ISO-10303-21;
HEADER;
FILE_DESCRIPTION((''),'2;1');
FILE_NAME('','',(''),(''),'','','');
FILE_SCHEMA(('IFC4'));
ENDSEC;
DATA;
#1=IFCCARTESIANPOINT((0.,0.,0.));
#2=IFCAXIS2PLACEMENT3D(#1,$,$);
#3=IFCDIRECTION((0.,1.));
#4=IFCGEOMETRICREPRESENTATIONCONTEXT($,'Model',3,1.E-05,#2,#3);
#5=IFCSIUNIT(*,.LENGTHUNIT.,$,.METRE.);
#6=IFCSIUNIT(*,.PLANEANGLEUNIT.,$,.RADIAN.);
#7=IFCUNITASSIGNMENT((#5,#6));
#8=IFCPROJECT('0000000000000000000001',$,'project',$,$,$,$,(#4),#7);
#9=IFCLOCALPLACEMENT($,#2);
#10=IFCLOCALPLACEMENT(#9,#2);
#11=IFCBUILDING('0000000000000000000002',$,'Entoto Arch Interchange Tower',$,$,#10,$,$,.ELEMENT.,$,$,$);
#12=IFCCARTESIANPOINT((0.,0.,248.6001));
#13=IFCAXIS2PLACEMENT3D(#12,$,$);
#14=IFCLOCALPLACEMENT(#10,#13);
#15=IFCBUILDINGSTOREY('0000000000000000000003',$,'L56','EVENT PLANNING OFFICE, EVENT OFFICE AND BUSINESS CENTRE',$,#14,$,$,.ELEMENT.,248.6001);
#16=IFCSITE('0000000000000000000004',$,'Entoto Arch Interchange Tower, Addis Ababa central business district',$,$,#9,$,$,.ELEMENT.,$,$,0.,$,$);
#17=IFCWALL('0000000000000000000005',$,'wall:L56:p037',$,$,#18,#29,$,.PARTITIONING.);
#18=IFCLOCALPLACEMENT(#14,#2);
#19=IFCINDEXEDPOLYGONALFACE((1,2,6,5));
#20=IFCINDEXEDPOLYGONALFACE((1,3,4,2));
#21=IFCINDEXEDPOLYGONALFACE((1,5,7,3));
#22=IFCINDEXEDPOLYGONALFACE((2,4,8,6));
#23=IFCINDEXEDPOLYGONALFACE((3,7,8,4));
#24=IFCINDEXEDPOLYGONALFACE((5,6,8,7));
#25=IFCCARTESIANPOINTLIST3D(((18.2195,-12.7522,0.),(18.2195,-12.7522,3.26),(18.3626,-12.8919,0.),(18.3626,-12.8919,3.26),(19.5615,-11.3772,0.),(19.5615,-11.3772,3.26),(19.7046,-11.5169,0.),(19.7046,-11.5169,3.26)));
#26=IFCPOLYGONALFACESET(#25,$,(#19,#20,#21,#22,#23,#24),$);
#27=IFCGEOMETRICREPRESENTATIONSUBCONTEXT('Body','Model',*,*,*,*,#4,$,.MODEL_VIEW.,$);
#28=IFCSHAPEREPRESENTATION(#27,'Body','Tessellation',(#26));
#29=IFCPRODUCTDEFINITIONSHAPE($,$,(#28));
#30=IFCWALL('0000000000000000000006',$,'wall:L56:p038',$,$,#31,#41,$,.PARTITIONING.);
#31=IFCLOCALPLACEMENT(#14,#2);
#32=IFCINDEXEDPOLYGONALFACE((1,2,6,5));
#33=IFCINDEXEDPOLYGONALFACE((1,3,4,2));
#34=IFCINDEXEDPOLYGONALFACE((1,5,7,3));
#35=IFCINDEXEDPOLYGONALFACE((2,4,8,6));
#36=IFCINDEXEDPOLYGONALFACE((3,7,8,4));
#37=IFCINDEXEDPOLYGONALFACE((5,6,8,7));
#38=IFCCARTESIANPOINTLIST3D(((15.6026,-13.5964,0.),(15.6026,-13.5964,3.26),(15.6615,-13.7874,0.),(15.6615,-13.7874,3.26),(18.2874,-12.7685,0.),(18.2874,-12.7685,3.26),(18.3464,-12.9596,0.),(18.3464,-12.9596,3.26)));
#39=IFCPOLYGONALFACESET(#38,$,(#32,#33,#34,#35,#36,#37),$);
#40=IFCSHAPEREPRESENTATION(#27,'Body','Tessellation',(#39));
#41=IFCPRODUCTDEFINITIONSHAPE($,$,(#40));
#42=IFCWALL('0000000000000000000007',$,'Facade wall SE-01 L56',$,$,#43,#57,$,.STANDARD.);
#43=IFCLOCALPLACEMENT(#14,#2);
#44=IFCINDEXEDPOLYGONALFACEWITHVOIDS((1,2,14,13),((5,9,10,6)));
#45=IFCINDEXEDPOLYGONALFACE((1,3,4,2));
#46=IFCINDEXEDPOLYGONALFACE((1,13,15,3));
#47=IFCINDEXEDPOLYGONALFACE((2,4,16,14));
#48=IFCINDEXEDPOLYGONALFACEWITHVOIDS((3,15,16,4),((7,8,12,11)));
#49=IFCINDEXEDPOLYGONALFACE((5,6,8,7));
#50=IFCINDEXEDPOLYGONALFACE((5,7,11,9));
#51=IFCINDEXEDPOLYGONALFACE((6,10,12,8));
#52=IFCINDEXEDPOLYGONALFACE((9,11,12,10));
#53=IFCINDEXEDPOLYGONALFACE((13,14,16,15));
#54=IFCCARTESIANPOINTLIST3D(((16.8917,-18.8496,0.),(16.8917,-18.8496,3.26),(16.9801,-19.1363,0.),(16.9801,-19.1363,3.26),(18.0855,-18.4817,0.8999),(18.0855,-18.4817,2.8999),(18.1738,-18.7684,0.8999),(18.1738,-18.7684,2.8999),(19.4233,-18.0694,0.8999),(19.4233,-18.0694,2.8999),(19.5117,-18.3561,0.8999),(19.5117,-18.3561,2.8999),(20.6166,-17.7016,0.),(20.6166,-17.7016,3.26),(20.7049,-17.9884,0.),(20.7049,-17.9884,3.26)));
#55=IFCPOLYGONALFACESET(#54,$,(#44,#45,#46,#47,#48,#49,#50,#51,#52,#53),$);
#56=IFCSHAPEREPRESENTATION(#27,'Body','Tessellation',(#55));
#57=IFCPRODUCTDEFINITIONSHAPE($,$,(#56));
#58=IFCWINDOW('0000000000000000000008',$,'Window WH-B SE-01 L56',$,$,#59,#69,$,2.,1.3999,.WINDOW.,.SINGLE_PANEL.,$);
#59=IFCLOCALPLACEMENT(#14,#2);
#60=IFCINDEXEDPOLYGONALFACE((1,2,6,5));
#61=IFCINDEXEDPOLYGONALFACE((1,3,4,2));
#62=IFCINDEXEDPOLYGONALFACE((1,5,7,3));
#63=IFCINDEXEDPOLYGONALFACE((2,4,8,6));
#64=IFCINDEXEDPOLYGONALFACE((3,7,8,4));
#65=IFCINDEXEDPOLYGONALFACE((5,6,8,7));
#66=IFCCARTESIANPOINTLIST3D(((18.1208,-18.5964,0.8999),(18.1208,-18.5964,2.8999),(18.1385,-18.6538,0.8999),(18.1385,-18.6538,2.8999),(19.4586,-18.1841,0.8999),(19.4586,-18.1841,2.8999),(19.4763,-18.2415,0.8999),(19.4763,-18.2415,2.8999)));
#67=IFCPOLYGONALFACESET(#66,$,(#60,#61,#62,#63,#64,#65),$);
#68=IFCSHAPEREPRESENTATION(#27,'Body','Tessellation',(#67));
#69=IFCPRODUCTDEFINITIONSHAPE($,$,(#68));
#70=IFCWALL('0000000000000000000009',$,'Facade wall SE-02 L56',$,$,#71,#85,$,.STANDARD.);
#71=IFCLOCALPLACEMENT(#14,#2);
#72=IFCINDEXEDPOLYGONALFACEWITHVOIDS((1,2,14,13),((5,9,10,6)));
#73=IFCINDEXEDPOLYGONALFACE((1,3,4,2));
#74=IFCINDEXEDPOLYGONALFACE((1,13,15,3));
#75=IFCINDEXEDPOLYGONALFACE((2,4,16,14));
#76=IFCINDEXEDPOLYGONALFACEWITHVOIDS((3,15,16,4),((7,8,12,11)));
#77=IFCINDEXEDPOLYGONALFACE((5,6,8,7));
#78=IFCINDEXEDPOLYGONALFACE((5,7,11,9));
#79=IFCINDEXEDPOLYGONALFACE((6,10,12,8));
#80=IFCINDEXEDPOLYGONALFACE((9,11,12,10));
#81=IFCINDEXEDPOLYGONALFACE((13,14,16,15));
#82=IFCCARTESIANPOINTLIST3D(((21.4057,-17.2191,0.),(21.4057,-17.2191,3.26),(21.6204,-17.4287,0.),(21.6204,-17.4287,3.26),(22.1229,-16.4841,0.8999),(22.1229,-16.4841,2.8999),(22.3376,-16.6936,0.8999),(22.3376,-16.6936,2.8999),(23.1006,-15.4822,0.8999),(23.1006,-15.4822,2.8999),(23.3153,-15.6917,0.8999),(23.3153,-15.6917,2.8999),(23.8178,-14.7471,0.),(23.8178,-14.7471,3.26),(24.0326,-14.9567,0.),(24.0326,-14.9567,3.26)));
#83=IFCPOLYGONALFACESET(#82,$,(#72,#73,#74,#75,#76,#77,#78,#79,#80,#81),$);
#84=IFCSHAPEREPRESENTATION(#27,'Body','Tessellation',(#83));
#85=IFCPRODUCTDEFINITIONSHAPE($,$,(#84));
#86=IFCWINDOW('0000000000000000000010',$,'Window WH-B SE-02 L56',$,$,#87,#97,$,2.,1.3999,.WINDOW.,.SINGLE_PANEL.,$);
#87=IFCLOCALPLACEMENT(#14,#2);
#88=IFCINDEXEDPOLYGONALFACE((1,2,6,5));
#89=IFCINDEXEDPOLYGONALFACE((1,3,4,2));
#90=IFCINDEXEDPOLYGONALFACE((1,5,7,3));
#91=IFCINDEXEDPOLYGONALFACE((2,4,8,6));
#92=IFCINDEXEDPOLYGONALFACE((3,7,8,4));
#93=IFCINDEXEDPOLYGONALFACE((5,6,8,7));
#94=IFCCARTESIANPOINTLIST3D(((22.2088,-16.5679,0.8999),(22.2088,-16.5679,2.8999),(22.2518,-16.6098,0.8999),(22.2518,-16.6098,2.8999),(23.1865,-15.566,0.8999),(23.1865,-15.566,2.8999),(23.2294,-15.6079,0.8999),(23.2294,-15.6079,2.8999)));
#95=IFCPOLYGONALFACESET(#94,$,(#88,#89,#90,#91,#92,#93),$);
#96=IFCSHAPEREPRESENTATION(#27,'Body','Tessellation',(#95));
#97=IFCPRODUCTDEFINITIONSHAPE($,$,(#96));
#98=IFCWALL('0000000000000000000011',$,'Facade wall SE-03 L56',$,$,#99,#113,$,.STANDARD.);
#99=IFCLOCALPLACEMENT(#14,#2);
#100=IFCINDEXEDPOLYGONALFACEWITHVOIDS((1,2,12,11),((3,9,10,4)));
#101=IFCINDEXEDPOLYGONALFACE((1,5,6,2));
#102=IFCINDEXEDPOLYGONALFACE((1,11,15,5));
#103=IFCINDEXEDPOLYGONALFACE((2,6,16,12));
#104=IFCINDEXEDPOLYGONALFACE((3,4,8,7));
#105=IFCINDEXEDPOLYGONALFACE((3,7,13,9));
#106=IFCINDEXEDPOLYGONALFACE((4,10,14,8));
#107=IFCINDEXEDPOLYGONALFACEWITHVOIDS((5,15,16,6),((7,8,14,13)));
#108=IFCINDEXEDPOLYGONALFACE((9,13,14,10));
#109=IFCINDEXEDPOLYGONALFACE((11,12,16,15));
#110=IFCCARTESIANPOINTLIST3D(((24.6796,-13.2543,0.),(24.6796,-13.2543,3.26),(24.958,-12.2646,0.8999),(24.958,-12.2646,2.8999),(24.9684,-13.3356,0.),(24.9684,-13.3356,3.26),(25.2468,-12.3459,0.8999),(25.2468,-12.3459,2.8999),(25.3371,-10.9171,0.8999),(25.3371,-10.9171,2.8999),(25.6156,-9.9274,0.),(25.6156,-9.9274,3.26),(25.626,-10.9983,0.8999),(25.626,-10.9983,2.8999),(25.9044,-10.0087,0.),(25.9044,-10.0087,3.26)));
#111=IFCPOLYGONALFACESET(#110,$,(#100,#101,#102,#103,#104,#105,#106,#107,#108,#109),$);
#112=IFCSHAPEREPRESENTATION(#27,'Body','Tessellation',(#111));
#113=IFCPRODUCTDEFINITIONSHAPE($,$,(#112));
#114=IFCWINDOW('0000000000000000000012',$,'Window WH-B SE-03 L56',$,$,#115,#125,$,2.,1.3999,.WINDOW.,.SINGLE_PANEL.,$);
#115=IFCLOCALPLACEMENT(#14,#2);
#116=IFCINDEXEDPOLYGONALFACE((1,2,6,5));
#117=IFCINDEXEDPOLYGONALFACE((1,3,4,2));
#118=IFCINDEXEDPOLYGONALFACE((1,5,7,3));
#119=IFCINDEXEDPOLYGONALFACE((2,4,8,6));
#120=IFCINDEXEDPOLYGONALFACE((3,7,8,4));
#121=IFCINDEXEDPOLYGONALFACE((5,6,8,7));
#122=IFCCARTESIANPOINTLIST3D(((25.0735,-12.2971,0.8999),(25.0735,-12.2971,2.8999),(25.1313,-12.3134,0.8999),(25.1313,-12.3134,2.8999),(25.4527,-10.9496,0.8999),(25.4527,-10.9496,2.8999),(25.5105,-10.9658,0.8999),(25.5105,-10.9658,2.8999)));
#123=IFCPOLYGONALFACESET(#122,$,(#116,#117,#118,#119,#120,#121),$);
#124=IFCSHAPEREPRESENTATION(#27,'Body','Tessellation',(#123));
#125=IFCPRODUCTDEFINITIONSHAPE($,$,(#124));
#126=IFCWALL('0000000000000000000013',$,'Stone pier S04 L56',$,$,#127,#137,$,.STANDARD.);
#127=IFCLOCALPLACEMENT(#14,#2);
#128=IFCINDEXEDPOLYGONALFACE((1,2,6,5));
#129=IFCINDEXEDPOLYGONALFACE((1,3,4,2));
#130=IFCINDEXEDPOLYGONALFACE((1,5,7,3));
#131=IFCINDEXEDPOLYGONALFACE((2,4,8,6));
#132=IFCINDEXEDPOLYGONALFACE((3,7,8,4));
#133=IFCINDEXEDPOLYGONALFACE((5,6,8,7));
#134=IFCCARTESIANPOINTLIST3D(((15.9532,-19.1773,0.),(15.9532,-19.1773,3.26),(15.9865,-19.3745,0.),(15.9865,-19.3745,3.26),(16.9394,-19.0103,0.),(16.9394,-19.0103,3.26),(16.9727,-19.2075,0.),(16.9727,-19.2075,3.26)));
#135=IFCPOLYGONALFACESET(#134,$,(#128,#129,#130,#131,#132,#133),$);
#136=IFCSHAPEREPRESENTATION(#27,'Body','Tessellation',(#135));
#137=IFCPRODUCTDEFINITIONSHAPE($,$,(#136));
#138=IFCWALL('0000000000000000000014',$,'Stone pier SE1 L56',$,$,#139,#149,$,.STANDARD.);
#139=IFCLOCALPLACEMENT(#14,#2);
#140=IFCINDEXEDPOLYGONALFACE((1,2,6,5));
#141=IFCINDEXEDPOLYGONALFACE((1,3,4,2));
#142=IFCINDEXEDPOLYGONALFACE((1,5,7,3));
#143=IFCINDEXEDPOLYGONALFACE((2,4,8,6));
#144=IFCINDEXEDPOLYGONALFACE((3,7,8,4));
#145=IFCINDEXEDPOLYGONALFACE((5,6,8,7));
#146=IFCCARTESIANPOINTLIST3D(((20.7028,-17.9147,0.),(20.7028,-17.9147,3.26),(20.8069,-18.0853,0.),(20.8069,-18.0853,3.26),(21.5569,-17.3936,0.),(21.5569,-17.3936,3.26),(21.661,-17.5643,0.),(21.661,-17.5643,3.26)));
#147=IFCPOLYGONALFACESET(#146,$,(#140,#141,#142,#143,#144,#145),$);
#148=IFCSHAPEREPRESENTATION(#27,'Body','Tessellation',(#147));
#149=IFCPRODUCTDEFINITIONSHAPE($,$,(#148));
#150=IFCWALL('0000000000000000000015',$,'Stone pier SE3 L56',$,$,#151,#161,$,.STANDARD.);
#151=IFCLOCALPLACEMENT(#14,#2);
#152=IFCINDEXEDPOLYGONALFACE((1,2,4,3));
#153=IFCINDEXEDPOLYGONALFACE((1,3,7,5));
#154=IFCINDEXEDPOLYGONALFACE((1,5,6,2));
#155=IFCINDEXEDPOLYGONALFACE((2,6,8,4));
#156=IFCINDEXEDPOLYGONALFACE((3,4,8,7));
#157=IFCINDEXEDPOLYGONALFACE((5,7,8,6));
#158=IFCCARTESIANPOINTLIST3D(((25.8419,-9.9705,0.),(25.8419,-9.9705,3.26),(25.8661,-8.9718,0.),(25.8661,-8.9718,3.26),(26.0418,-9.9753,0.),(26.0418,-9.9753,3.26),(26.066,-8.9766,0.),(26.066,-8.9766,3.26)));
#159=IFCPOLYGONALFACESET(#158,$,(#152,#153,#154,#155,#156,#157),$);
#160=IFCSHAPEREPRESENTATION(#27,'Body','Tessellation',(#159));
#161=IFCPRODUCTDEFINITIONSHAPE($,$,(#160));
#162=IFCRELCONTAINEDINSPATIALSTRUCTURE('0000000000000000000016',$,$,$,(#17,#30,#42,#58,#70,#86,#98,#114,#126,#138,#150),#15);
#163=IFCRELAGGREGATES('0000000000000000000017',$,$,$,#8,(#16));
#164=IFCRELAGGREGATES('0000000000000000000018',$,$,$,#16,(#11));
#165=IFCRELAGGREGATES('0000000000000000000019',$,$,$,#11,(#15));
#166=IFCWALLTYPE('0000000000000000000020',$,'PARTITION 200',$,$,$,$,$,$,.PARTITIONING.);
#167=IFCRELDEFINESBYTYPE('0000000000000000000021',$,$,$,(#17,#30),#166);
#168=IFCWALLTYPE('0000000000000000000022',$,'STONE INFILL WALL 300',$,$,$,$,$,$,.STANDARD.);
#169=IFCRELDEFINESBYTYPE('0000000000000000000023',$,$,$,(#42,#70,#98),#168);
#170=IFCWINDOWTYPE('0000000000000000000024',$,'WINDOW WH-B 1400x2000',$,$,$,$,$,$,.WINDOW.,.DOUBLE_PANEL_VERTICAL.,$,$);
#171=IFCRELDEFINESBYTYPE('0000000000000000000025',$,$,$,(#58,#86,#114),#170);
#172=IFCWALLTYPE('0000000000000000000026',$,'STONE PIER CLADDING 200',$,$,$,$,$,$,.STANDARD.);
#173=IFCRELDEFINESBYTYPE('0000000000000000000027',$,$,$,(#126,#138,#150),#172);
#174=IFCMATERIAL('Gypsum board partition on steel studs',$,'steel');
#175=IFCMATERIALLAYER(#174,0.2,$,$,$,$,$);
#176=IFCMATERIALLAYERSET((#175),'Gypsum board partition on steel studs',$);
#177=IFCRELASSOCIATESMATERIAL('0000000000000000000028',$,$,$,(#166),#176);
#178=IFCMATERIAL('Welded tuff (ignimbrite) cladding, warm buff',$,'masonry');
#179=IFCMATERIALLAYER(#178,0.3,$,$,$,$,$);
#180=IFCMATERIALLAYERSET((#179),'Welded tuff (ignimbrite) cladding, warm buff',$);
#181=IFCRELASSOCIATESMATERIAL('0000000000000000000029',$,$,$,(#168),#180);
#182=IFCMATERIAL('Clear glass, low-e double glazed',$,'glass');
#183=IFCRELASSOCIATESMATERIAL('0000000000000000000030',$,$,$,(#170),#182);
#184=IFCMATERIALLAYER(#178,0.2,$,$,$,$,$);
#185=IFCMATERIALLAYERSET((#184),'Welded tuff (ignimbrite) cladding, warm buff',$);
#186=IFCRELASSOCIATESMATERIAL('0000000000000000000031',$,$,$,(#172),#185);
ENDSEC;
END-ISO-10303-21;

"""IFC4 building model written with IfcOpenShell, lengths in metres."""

from ifc_helpers import new_model, si_unit, direction, frame, frame_2d, origin, place, context, subcontext, project, spatial, rectangle, extrude, material, layer, layer_set, type_object, element, fill, save


model = new_model("IFC4")

# Units and contexts
model_context = context("Model", 3, precision=1e-05, world=origin(), true_north=direction((0.0, 1.0)))
body_context = subcontext(model_context, "Body", "Model", "MODEL_VIEW")
ifc_project = project(units=[si_unit("LENGTHUNIT", "METRE"), si_unit("PLANEANGLEUNIT", "RADIAN")], contexts=[model_context])

# Site, building, storey
site_placement = place(None, origin())
site = spatial("IfcSite", under=ifc_project, at=site_placement, Name="Entoto Arch Interchange Tower, Addis Ababa central business district", CompositionType="ELEMENT", RefElevation=0.0)
building_placement = place(site_placement, origin())
building = spatial("IfcBuilding", under=site, at=building_placement, Name="Entoto Arch Interchange Tower", CompositionType="ELEMENT")
storey_placement = place(building_placement, frame((0.0, 0.0, 248.6001)))
storey = spatial("IfcBuildingStorey", under=building, at=storey_placement, Name="L56", Description="EVENT PLANNING OFFICE, EVENT OFFICE AND BUSINESS CENTRE", CompositionType="ELEMENT", Elevation=248.6001)

# Shared definitions
ifc_material_1 = material(Name="Gypsum board partition on steel studs", Category="steel")

# Shared definitions
ifc_layer_1 = layer(ifc_material_1, 0.2)
ifc_layer_set_1 = layer_set([ifc_layer_1], Name="Gypsum board partition on steel studs")
wall_type_1 = type_object("IfcWallType", Name="PARTITION 200", PredefinedType="PARTITIONING", material=ifc_layer_set_1)

# Walls
wall_1_placement = place(storey_placement, frame((19.6331, -11.447, 0.0), z_axis=(0.0, 0.0, 1.0), x_axis=(-0.698478, -0.715632, 0.0)))
element("IfcWall", 1, at=wall_1_placement, inside=storey, type_object=wall_type_1, Name="wall:L56:p037", PredefinedType="PARTITIONING", context=body_context, shape_type="SweptSolid", body=[
    extrude(rectangle(XDim=1.9214, YDim=0.2, at=frame_2d((0.9607, 0.0))), origin(), (0.0, 0.0, 1.0), 3.26),
])
wall_2_placement = place(storey_placement, frame((18.3169, -12.864, 0.0), z_axis=(0.0, 0.0, 1.0), x_axis=(-0.9556, -0.294666, 0.0)))
element("IfcWall", 2, at=wall_2_placement, inside=storey, type_object=wall_type_1, Name="wall:L56:p038", PredefinedType="PARTITIONING", context=body_context, shape_type="SweptSolid", body=[
    extrude(rectangle(XDim=2.8096, YDim=0.2, at=frame_2d((1.4048, 0.0))), origin(), (0.0, 0.0, 1.0), 3.26),
])

# Walls, openings, windows
ifc_material_2 = material(Name="Welded tuff (ignimbrite) cladding, warm buff", Category="masonry")
ifc_layer_2 = layer(ifc_material_2, 0.3)
ifc_layer_set_2 = layer_set([ifc_layer_2], Name="Welded tuff (ignimbrite) cladding, warm buff")
wall_type_2 = type_object("IfcWallType", Name="STONE INFILL WALL 300", PredefinedType="STANDARD", material=ifc_layer_set_2)
wall_3_placement = place(storey_placement, frame((16.936, -18.9929, 0.0), z_axis=(0.0, 0.0, 1.0), x_axis=(0.955646, 0.294517, 0.0)))
wall_3 = element("IfcWall", 3, at=wall_3_placement, inside=storey, type_object=wall_type_2, Name="Facade wall SE-01 L56", PredefinedType="STANDARD", context=body_context, shape_type="SweptSolid", body=[
    extrude(rectangle(XDim=3.8977, YDim=0.3, at=frame_2d((1.9487, 0.0))), origin(), (0.0, 0.0, 1.0), 3.26),
])
opening_1_placement = place(wall_3_placement, frame((1.249, 0.0, 0.8999)))
opening_1 = element("IfcOpeningElement", 4, at=opening_1_placement, cuts=wall_3, PredefinedType="OPENING", context=body_context, shape_type="SweptSolid", body=[
    extrude(rectangle(XDim=1.3999, YDim=2.0, at=frame_2d((0.7, 1.0))), frame((0.0, 0.1602, 0.0), z_axis=(0.0, -1.0, 0.0), x_axis=(1.0, 0.0, 0.0)), (0.0, 0.0, 1.0), 0.3201),
])
ifc_material_3 = material(Name="Clear glass, low-e double glazed", Category="glass")
window_type = type_object("IfcWindowType", Name="WINDOW WH-B 1400x2000", PartitioningType="DOUBLE_PANEL_VERTICAL", PredefinedType="WINDOW", material=ifc_material_3)
window_1_placement = place(opening_1_placement, origin())
window_1 = element("IfcWindow", 5, at=window_1_placement, inside=storey, type_object=window_type, Name="Window WH-B SE-01 L56", OverallHeight=2.0, OverallWidth=1.3999, PartitioningType="SINGLE_PANEL", PredefinedType="WINDOW", context=body_context, shape_type="SweptSolid", body=[
    extrude(rectangle(XDim=1.3999, YDim=2.0, at=frame_2d((0.7, 1.0))), frame((0.0, 0.03, 0.0), z_axis=(0.0, -1.0, 0.0), x_axis=(1.0, 0.0, 0.0)), (0.0, 0.0, 1.0), 0.0601),
])
fill(opening_1, window_1)
wall_4_placement = place(storey_placement, frame((21.5129, -17.324, 0.0), z_axis=(0.0, 0.0, 1.0), x_axis=(0.698395, 0.715713, 0.0)))
wall_4 = element("IfcWall", 6, at=wall_4_placement, inside=storey, type_object=wall_type_2, Name="Facade wall SE-02 L56", PredefinedType="STANDARD", context=body_context, shape_type="SweptSolid", body=[
    extrude(rectangle(XDim=3.4539, YDim=0.3, at=frame_2d((1.7271, 0.0))), origin(), (0.0, 0.0, 1.0), 3.26),
])
opening_2_placement = place(wall_4_placement, frame((1.0271, 0.0, 0.8999)))
opening_2 = element("IfcOpeningElement", 7, at=opening_2_placement, cuts=wall_4, PredefinedType="OPENING", context=body_context, shape_type="SweptSolid", body=[
    extrude(rectangle(XDim=1.3999, YDim=2.0, at=frame_2d((0.7, 1.0))), frame((0.0, 0.1602, 0.0), z_axis=(0.0, -1.0, 0.0), x_axis=(1.0, 0.0, 0.0)), (0.0, 0.0, 1.0), 0.3201),
])
window_2_placement = place(opening_2_placement, origin())
window_2 = element("IfcWindow", 8, at=window_2_placement, inside=storey, type_object=window_type, Name="Window WH-B SE-02 L56", OverallHeight=2.0, OverallWidth=1.3999, PartitioningType="SINGLE_PANEL", PredefinedType="WINDOW", context=body_context, shape_type="SweptSolid", body=[
    extrude(rectangle(XDim=1.3999, YDim=2.0, at=frame_2d((0.7, 1.0))), frame((0.0, 0.03, 0.0), z_axis=(0.0, -1.0, 0.0), x_axis=(1.0, 0.0, 0.0)), (0.0, 0.0, 1.0), 0.0601),
])
fill(opening_2, window_2)
wall_5_placement = place(storey_placement, frame((24.824, -13.2949, 0.0), z_axis=(0.0, 0.0, 1.0), x_axis=(0.270838, 0.962625, 0.0)))
wall_5 = element("IfcWall", 9, at=wall_5_placement, inside=storey, type_object=wall_type_2, Name="Facade wall SE-03 L56", PredefinedType="STANDARD", context=body_context, shape_type="SweptSolid", body=[
    extrude(rectangle(XDim=3.4561, YDim=0.3, at=frame_2d((1.728, 0.0))), origin(), (0.0, 0.0, 1.0), 3.26),
])
opening_3_placement = place(wall_5_placement, frame((1.0281, 0.0, 0.8999)))
opening_3 = element("IfcOpeningElement", 10, at=opening_3_placement, cuts=wall_5, PredefinedType="OPENING", context=body_context, shape_type="SweptSolid", body=[
    extrude(rectangle(XDim=1.3999, YDim=2.0, at=frame_2d((0.7, 1.0))), frame((0.0, 0.1602, 0.0), z_axis=(0.0, -1.0, 0.0), x_axis=(1.0, 0.0, 0.0)), (0.0, 0.0, 1.0), 0.3201),
])
window_3_placement = place(opening_3_placement, origin())
window_3 = element("IfcWindow", 11, at=window_3_placement, inside=storey, type_object=window_type, Name="Window WH-B SE-03 L56", OverallHeight=2.0, OverallWidth=1.3999, PartitioningType="SINGLE_PANEL", PredefinedType="WINDOW", context=body_context, shape_type="SweptSolid", body=[
    extrude(rectangle(XDim=1.3999, YDim=2.0, at=frame_2d((0.7, 1.0))), frame((0.0, 0.03, 0.0), z_axis=(0.0, -1.0, 0.0), x_axis=(1.0, 0.0, 0.0)), (0.0, 0.0, 1.0), 0.0601),
])
fill(opening_3, window_3)

# Walls
ifc_layer_3 = layer(ifc_material_2, 0.2)
ifc_layer_set_3 = layer_set([ifc_layer_3], Name="Welded tuff (ignimbrite) cladding, warm buff")
wall_type_3 = type_object("IfcWallType", Name="STONE PIER CLADDING 200", PredefinedType="STANDARD", material=ifc_layer_set_3)
wall_6_placement = place(storey_placement, frame((15.97, -19.2759, 0.0), z_axis=(0.0, 0.0, 1.0), x_axis=(0.985962, 0.166971, 0.0)))
element("IfcWall", 12, at=wall_6_placement, inside=storey, type_object=wall_type_3, Name="Stone pier S04 L56", PredefinedType="STANDARD", context=body_context, shape_type="SweptSolid", body=[
    extrude(rectangle(XDim=1.0002, YDim=0.2, at=frame_2d((0.5, 0.0))), origin(), (0.0, 0.0, 1.0), 3.26),
])
wall_7_placement = place(storey_placement, frame((20.7549, -18.0, 0.0), z_axis=(0.0, 0.0, 1.0), x_axis=(0.85368, 0.520798, 0.0)))
element("IfcWall", 13, at=wall_7_placement, inside=storey, type_object=wall_type_3, Name="Stone pier SE1 L56", PredefinedType="STANDARD", context=body_context, shape_type="SweptSolid", body=[
    extrude(rectangle(XDim=1.0005, YDim=0.2, at=frame_2d((0.5002, 0.0))), origin(), (0.0, 0.0, 1.0), 3.26),
])
wall_8_placement = place(storey_placement, frame((25.9419, -9.9729, 0.0), z_axis=(0.0, 0.0, 1.0), x_axis=(0.024192, 0.999707, 0.0)))
element("IfcWall", 14, at=wall_8_placement, inside=storey, type_object=wall_type_3, Name="Stone pier SE3 L56", PredefinedType="STANDARD", context=body_context, shape_type="SweptSolid", body=[
    extrude(rectangle(XDim=0.999, YDim=0.2, at=frame_2d((0.4995, 0.0))), origin(), (0.0, 0.0, 1.0), 3.26),
])

save(model, "model.ifc")
